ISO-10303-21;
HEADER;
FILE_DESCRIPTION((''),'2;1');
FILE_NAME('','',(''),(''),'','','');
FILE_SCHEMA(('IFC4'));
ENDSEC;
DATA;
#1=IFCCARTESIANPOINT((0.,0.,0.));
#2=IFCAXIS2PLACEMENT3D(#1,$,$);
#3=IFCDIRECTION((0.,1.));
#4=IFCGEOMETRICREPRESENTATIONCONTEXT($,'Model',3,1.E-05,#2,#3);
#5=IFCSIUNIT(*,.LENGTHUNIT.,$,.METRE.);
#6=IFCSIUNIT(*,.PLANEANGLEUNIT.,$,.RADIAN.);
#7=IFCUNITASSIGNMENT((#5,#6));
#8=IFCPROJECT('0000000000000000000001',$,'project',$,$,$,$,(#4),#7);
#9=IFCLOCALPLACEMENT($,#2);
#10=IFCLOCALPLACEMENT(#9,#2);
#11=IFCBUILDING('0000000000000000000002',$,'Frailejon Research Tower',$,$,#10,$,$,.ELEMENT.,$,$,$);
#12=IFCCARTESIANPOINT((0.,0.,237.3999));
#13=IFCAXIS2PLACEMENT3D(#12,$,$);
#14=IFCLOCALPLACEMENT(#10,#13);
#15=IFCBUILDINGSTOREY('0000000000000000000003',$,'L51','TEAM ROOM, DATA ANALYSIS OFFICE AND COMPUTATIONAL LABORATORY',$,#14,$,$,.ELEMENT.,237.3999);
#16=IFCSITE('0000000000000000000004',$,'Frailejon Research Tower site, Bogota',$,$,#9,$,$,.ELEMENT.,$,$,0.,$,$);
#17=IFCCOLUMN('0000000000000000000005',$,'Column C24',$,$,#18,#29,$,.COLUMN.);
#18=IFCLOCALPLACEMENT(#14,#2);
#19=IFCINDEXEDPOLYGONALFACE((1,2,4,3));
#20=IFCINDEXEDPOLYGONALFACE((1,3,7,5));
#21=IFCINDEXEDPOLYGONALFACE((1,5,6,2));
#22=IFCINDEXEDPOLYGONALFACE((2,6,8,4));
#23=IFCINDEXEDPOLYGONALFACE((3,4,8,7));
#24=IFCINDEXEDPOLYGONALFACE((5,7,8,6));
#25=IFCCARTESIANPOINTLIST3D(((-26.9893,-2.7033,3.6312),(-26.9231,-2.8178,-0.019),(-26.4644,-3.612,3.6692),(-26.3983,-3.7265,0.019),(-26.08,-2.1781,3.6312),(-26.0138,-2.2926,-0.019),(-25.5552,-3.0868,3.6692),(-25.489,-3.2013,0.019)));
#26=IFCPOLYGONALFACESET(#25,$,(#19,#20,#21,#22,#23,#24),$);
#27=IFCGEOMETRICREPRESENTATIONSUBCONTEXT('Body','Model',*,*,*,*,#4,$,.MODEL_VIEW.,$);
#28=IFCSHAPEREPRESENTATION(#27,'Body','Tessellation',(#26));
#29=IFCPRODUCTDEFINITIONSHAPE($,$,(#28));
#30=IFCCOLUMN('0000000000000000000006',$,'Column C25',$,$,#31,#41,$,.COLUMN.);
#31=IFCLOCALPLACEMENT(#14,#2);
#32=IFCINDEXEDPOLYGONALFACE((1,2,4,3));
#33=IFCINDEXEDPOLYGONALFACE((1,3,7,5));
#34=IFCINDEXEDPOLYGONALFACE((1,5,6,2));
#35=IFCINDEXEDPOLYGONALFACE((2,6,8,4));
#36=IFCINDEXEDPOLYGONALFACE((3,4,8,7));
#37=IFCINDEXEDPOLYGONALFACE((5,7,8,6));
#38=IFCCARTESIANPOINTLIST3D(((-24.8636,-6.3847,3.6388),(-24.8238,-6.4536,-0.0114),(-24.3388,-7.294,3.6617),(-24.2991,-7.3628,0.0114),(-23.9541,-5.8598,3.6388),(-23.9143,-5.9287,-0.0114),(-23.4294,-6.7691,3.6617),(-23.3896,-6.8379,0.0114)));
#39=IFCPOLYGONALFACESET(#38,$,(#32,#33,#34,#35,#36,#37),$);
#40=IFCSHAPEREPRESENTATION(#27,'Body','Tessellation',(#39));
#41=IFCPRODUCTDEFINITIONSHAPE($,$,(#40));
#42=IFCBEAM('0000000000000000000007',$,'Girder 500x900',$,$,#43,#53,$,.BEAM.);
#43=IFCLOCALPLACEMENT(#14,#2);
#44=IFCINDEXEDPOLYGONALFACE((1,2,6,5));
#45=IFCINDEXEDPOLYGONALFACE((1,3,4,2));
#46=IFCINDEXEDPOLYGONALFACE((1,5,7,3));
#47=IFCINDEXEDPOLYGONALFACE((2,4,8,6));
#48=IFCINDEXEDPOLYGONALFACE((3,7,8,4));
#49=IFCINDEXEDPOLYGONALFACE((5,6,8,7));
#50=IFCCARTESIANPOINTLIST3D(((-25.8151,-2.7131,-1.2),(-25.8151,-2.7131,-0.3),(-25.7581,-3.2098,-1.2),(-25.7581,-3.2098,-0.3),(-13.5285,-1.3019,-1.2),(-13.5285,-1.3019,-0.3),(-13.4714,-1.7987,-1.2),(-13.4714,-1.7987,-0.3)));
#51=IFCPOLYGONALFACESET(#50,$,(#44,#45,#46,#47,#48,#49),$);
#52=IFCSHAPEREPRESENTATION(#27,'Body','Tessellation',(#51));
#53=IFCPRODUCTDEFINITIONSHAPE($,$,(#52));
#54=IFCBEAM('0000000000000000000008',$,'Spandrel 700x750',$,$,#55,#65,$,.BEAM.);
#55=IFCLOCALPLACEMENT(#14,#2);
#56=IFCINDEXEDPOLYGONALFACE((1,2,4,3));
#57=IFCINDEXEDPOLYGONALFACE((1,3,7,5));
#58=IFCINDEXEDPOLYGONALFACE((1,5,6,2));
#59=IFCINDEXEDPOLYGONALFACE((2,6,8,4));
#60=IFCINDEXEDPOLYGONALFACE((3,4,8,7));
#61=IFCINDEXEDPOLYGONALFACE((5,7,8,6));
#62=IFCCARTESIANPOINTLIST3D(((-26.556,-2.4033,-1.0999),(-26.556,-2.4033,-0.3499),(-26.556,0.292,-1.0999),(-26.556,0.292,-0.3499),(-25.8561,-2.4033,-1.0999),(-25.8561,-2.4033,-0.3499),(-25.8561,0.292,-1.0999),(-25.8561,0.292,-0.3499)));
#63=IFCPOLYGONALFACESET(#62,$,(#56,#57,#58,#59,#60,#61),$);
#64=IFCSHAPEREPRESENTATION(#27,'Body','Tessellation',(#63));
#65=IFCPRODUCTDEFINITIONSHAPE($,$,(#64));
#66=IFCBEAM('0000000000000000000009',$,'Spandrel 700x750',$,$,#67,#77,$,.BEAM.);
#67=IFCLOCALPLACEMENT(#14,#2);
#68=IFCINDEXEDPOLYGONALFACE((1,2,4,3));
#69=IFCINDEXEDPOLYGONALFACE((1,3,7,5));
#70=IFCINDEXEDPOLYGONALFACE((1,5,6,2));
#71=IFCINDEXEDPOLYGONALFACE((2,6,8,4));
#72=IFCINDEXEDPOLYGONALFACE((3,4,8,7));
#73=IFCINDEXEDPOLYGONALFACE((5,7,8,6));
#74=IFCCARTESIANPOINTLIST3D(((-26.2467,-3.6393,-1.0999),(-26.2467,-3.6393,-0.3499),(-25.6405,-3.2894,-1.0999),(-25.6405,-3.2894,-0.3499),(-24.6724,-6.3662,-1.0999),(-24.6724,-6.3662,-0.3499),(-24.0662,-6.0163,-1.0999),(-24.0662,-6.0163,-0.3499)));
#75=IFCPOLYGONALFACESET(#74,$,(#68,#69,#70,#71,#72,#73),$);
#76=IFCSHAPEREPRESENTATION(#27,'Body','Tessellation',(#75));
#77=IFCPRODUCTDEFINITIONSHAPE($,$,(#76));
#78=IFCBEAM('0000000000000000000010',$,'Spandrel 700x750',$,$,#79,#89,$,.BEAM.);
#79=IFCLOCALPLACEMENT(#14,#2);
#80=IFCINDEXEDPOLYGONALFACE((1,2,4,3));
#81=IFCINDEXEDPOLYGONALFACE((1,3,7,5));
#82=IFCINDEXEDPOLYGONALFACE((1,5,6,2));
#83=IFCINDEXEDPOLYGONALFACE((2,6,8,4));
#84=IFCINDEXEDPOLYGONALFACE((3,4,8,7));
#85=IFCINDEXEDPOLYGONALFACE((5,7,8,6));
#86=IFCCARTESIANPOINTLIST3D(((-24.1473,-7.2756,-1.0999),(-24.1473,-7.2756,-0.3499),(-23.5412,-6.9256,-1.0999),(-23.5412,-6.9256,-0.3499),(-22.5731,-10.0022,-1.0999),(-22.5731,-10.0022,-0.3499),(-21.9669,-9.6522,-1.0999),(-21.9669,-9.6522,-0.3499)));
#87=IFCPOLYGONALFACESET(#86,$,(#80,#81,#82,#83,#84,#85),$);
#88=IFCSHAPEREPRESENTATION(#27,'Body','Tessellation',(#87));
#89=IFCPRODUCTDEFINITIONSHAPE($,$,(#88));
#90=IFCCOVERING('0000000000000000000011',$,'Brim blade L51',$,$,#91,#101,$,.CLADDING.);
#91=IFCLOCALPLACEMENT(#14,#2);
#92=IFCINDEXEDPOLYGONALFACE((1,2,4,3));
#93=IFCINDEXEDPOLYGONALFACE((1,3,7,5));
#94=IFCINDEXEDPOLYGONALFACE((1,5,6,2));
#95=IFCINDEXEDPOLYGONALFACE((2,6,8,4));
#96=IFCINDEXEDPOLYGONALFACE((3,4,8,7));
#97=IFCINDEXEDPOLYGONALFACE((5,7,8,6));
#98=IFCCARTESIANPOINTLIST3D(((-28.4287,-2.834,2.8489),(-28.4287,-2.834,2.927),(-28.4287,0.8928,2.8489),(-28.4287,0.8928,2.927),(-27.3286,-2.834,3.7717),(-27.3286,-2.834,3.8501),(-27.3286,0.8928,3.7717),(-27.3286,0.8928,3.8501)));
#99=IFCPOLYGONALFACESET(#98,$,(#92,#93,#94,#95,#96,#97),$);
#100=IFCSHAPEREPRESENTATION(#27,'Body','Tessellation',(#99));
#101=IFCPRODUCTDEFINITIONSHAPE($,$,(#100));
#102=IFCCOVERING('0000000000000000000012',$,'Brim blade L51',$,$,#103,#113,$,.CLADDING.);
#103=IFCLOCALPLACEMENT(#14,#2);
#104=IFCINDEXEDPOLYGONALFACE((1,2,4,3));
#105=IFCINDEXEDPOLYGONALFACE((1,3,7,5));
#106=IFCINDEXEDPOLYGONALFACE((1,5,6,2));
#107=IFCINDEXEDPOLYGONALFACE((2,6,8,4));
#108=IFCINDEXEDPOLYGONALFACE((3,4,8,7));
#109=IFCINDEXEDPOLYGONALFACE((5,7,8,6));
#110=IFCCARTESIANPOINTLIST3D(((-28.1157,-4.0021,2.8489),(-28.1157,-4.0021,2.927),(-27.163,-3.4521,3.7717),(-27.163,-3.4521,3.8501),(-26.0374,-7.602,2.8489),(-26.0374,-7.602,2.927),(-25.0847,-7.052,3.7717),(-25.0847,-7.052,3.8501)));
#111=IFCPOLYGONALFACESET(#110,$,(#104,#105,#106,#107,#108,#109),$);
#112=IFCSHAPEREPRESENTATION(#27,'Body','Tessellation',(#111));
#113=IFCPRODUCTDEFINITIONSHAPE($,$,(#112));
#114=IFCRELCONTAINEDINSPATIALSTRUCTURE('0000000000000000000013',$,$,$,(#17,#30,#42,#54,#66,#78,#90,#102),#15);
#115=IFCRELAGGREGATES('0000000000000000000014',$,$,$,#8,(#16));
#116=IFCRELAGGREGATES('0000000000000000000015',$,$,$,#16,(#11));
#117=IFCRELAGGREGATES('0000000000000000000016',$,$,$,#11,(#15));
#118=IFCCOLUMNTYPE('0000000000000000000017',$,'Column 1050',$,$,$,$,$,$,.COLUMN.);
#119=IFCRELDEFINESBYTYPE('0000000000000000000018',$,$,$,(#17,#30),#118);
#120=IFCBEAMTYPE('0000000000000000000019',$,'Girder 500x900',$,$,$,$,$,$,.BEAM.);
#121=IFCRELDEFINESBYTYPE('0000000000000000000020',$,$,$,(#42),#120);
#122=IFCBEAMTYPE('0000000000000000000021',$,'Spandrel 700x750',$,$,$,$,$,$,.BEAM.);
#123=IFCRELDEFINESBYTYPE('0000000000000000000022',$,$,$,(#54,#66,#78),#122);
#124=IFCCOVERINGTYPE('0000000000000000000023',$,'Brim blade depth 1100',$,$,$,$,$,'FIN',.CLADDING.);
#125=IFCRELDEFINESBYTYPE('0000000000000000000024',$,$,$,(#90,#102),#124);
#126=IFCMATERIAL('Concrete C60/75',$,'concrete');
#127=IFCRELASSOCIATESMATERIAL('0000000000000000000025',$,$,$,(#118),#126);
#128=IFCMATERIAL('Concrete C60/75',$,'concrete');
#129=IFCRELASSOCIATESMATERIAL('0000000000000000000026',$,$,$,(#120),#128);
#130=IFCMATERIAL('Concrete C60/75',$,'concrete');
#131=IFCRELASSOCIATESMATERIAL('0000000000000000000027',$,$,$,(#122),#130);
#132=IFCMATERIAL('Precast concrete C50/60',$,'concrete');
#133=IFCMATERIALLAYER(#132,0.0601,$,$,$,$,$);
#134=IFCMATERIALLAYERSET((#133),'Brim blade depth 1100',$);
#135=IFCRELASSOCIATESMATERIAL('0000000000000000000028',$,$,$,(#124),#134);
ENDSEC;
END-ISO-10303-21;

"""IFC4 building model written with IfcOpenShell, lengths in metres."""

from ifc_helpers import new_model, si_unit, direction, frame, origin, origin_2d, place, context, subcontext, project, spatial, polyline, rectangle, outline, extrude, material, layer, layer_set, material_profile, profile_set, type_object, element, save


model = new_model("IFC4")

# Units and contexts
model_context = context("Model", 3, precision=1e-05, world=origin(), true_north=direction((0.0, 1.0)))
body_context = subcontext(model_context, "Body", "Model", "MODEL_VIEW")
ifc_project = project(units=[si_unit("LENGTHUNIT", "METRE"), si_unit("PLANEANGLEUNIT", "RADIAN")], contexts=[model_context])

# Site, building, storey
site_placement = place(None, origin())
site = spatial("IfcSite", under=ifc_project, at=site_placement, Name="Frailejon Research Tower site, Bogota", CompositionType="ELEMENT", RefElevation=0.0)
building_placement = place(site_placement, origin())
building = spatial("IfcBuilding", under=site, at=building_placement, Name="Frailejon Research Tower", CompositionType="ELEMENT")
storey_placement = place(building_placement, frame((0.0, 0.0, 237.3999)))
storey = spatial("IfcBuildingStorey", under=building, at=storey_placement, Name="L51", Description="TEAM ROOM, DATA ANALYSIS OFFICE AND COMPUTATIONAL LABORATORY", CompositionType="ELEMENT", Elevation=237.3999)

# Columns
ifc_material_1 = material(Name="Concrete C60/75", Category="concrete")
ifc_material_profile_1 = material_profile(ifc_material_1, rectangle(XDim=1.05, YDim=1.05, at=origin_2d()), Name="Column 1050")
ifc_profile_set_1 = profile_set([ifc_material_profile_1], Name="Concrete C60/75")
column_type = type_object("IfcColumnType", Name="Column 1050", PredefinedType="COLUMN", material=ifc_profile_set_1)
column_1_placement = place(storey_placement, frame((-26.2061, -3.0095, 0.0), z_axis=(-0.018114, 0.031349, 0.999344), x_axis=(0.49984, -0.865361, 0.036206)))
element("IfcColumn", 1, at=column_1_placement, inside=storey, type_object=column_type, Name="Column C24", PredefinedType="COLUMN", context=body_context, shape_type="SweptSolid", body=[
    extrude(rectangle(XDim=1.05, YDim=1.05, at=origin_2d()), origin(), (0.0, 0.0, 1.0), 3.6526),
])
column_2_placement = place(storey_placement, frame((-24.1067, -6.6458, 0.0), z_axis=(-0.0109, 0.018857, 0.999763), x_axis=(0.499729, -0.865908, 0.021781)))
element("IfcColumn", 2, at=column_2_placement, inside=storey, type_object=column_type, Name="Column C25", PredefinedType="COLUMN", context=body_context, shape_type="SweptSolid", body=[
    extrude(rectangle(XDim=1.05, YDim=1.05, at=origin_2d()), origin(), (0.0, 0.0, 1.0), 3.6511),
])

# Beams
ifc_material_2 = material(Name="Concrete C60/75", Category="concrete")
ifc_material_profile_2 = material_profile(ifc_material_2, rectangle(XDim=0.5, YDim=0.8999, at=origin_2d()), Name="Girder 500x900")
ifc_profile_set_2 = profile_set([ifc_material_profile_2], Name="Concrete C60/75")
beam_type_1 = type_object("IfcBeamType", Name="Girder 500x900", PredefinedType="BEAM", material=ifc_profile_set_2)
beam_1_placement = place(storey_placement, frame((-25.7866, -2.9614, -0.75), z_axis=(0.993469, 0.114101, 0.0), x_axis=(-0.114101, 0.993469, 0.0)))
element("IfcBeam", 3, at=beam_1_placement, inside=storey, type_object=beam_type_1, Name="Girder 500x900", PredefinedType="BEAM", context=body_context, shape_type="SweptSolid", body=[
    extrude(rectangle(XDim=0.5, YDim=0.8999, at=origin_2d()), origin(), (0.0, 0.0, 1.0), 12.3674),
])
ifc_material_3 = material(Name="Concrete C60/75", Category="concrete")
ifc_material_profile_3 = material_profile(ifc_material_3, rectangle(XDim=0.7, YDim=0.75, at=origin_2d()), Name="Spandrel 700x750")
ifc_profile_set_3 = profile_set([ifc_material_profile_3], Name="Concrete C60/75")
beam_type_2 = type_object("IfcBeamType", Name="Spandrel 700x750", PredefinedType="BEAM", material=ifc_profile_set_3)
beam_2_placement = place(storey_placement, frame((-26.2061, 0.292, -0.7249), z_axis=(0.0, -1.0, 0.0), x_axis=(1.0, 0.0, 0.0)))
element("IfcBeam", 4, at=beam_2_placement, inside=storey, type_object=beam_type_2, Name="Spandrel 700x750", PredefinedType="BEAM", context=body_context, shape_type="SweptSolid", body=[
    extrude(rectangle(XDim=0.7, YDim=0.75, at=origin_2d()), origin(), (0.0, 0.0, 1.0), 2.6953),
])
beam_3_placement = place(storey_placement, frame((-25.9436, -3.4644, -0.7249), z_axis=(0.499975, -0.86604, 0.0), x_axis=(0.86604, 0.499975, 0.0)))
element("IfcBeam", 5, at=beam_3_placement, inside=storey, type_object=beam_type_2, Name="Spandrel 700x750", PredefinedType="BEAM", context=body_context, shape_type="SweptSolid", body=[
    extrude(rectangle(XDim=0.7, YDim=0.75, at=origin_2d()), origin(), (0.0, 0.0, 1.0), 3.1487),
])
beam_4_placement = place(storey_placement, frame((-23.8442, -7.1006, -0.7249), z_axis=(0.500009, -0.86602, 0.0), x_axis=(0.86602, 0.500009, 0.0)))
element("IfcBeam", 6, at=beam_4_placement, inside=storey, type_object=beam_type_2, Name="Spandrel 700x750", PredefinedType="BEAM", context=body_context, shape_type="SweptSolid", body=[
    extrude(rectangle(XDim=0.7, YDim=0.75, at=origin_2d()), origin(), (0.0, 0.0, 1.0), 3.1484),
])

# Coverings
ifc_material_4 = material(Name="Precast concrete C50/60", Category="concrete")
ifc_layer = layer(ifc_material_4, 0.0601)
ifc_layer_set = layer_set([ifc_layer], Name="Brim blade depth 1100")
covering_type = type_object("IfcCoveringType", Name="Brim blade depth 1100", ElementType="FIN", PredefinedType="CLADDING", material=ifc_layer_set)
covering_1_placement = place(storey_placement, frame((-27.3286, -2.834, 3.8501), z_axis=(0.0, 1.0, 0.0), x_axis=(-1.0, 0.0, 0.0)))
element("IfcCovering", 7, at=covering_1_placement, inside=storey, type_object=covering_type, Name="Brim blade L51", PredefinedType="CLADDING", context=body_context, shape_type="SweptSolid", body=[
    extrude(outline(polyline([(0.0, -0.0784), (1.1001, -1.0012), (1.1001, -0.9231), (0.0, 0.0), (0.0, -0.0784)])), origin(), (0.0, 0.0, 1.0), 3.7268),
])
covering_2_placement = place(storey_placement, frame((-25.0847, -7.052, 3.8501), z_axis=(-0.499982, 0.866036, 0.0), x_axis=(-0.866036, -0.499982, 0.0)))
element("IfcCovering", 8, at=covering_2_placement, inside=storey, type_object=covering_type, Name="Brim blade L51", PredefinedType="CLADDING", context=body_context, shape_type="SweptSolid", body=[
    extrude(outline(polyline([(0.0, -0.0784), (1.1001, -1.0012), (1.1001, -0.9231), (0.0, 0.0), (0.0, -0.0784)])), origin(), (0.0, 0.0, 1.0), 4.1567),
])

save(model, "model.ifc")
